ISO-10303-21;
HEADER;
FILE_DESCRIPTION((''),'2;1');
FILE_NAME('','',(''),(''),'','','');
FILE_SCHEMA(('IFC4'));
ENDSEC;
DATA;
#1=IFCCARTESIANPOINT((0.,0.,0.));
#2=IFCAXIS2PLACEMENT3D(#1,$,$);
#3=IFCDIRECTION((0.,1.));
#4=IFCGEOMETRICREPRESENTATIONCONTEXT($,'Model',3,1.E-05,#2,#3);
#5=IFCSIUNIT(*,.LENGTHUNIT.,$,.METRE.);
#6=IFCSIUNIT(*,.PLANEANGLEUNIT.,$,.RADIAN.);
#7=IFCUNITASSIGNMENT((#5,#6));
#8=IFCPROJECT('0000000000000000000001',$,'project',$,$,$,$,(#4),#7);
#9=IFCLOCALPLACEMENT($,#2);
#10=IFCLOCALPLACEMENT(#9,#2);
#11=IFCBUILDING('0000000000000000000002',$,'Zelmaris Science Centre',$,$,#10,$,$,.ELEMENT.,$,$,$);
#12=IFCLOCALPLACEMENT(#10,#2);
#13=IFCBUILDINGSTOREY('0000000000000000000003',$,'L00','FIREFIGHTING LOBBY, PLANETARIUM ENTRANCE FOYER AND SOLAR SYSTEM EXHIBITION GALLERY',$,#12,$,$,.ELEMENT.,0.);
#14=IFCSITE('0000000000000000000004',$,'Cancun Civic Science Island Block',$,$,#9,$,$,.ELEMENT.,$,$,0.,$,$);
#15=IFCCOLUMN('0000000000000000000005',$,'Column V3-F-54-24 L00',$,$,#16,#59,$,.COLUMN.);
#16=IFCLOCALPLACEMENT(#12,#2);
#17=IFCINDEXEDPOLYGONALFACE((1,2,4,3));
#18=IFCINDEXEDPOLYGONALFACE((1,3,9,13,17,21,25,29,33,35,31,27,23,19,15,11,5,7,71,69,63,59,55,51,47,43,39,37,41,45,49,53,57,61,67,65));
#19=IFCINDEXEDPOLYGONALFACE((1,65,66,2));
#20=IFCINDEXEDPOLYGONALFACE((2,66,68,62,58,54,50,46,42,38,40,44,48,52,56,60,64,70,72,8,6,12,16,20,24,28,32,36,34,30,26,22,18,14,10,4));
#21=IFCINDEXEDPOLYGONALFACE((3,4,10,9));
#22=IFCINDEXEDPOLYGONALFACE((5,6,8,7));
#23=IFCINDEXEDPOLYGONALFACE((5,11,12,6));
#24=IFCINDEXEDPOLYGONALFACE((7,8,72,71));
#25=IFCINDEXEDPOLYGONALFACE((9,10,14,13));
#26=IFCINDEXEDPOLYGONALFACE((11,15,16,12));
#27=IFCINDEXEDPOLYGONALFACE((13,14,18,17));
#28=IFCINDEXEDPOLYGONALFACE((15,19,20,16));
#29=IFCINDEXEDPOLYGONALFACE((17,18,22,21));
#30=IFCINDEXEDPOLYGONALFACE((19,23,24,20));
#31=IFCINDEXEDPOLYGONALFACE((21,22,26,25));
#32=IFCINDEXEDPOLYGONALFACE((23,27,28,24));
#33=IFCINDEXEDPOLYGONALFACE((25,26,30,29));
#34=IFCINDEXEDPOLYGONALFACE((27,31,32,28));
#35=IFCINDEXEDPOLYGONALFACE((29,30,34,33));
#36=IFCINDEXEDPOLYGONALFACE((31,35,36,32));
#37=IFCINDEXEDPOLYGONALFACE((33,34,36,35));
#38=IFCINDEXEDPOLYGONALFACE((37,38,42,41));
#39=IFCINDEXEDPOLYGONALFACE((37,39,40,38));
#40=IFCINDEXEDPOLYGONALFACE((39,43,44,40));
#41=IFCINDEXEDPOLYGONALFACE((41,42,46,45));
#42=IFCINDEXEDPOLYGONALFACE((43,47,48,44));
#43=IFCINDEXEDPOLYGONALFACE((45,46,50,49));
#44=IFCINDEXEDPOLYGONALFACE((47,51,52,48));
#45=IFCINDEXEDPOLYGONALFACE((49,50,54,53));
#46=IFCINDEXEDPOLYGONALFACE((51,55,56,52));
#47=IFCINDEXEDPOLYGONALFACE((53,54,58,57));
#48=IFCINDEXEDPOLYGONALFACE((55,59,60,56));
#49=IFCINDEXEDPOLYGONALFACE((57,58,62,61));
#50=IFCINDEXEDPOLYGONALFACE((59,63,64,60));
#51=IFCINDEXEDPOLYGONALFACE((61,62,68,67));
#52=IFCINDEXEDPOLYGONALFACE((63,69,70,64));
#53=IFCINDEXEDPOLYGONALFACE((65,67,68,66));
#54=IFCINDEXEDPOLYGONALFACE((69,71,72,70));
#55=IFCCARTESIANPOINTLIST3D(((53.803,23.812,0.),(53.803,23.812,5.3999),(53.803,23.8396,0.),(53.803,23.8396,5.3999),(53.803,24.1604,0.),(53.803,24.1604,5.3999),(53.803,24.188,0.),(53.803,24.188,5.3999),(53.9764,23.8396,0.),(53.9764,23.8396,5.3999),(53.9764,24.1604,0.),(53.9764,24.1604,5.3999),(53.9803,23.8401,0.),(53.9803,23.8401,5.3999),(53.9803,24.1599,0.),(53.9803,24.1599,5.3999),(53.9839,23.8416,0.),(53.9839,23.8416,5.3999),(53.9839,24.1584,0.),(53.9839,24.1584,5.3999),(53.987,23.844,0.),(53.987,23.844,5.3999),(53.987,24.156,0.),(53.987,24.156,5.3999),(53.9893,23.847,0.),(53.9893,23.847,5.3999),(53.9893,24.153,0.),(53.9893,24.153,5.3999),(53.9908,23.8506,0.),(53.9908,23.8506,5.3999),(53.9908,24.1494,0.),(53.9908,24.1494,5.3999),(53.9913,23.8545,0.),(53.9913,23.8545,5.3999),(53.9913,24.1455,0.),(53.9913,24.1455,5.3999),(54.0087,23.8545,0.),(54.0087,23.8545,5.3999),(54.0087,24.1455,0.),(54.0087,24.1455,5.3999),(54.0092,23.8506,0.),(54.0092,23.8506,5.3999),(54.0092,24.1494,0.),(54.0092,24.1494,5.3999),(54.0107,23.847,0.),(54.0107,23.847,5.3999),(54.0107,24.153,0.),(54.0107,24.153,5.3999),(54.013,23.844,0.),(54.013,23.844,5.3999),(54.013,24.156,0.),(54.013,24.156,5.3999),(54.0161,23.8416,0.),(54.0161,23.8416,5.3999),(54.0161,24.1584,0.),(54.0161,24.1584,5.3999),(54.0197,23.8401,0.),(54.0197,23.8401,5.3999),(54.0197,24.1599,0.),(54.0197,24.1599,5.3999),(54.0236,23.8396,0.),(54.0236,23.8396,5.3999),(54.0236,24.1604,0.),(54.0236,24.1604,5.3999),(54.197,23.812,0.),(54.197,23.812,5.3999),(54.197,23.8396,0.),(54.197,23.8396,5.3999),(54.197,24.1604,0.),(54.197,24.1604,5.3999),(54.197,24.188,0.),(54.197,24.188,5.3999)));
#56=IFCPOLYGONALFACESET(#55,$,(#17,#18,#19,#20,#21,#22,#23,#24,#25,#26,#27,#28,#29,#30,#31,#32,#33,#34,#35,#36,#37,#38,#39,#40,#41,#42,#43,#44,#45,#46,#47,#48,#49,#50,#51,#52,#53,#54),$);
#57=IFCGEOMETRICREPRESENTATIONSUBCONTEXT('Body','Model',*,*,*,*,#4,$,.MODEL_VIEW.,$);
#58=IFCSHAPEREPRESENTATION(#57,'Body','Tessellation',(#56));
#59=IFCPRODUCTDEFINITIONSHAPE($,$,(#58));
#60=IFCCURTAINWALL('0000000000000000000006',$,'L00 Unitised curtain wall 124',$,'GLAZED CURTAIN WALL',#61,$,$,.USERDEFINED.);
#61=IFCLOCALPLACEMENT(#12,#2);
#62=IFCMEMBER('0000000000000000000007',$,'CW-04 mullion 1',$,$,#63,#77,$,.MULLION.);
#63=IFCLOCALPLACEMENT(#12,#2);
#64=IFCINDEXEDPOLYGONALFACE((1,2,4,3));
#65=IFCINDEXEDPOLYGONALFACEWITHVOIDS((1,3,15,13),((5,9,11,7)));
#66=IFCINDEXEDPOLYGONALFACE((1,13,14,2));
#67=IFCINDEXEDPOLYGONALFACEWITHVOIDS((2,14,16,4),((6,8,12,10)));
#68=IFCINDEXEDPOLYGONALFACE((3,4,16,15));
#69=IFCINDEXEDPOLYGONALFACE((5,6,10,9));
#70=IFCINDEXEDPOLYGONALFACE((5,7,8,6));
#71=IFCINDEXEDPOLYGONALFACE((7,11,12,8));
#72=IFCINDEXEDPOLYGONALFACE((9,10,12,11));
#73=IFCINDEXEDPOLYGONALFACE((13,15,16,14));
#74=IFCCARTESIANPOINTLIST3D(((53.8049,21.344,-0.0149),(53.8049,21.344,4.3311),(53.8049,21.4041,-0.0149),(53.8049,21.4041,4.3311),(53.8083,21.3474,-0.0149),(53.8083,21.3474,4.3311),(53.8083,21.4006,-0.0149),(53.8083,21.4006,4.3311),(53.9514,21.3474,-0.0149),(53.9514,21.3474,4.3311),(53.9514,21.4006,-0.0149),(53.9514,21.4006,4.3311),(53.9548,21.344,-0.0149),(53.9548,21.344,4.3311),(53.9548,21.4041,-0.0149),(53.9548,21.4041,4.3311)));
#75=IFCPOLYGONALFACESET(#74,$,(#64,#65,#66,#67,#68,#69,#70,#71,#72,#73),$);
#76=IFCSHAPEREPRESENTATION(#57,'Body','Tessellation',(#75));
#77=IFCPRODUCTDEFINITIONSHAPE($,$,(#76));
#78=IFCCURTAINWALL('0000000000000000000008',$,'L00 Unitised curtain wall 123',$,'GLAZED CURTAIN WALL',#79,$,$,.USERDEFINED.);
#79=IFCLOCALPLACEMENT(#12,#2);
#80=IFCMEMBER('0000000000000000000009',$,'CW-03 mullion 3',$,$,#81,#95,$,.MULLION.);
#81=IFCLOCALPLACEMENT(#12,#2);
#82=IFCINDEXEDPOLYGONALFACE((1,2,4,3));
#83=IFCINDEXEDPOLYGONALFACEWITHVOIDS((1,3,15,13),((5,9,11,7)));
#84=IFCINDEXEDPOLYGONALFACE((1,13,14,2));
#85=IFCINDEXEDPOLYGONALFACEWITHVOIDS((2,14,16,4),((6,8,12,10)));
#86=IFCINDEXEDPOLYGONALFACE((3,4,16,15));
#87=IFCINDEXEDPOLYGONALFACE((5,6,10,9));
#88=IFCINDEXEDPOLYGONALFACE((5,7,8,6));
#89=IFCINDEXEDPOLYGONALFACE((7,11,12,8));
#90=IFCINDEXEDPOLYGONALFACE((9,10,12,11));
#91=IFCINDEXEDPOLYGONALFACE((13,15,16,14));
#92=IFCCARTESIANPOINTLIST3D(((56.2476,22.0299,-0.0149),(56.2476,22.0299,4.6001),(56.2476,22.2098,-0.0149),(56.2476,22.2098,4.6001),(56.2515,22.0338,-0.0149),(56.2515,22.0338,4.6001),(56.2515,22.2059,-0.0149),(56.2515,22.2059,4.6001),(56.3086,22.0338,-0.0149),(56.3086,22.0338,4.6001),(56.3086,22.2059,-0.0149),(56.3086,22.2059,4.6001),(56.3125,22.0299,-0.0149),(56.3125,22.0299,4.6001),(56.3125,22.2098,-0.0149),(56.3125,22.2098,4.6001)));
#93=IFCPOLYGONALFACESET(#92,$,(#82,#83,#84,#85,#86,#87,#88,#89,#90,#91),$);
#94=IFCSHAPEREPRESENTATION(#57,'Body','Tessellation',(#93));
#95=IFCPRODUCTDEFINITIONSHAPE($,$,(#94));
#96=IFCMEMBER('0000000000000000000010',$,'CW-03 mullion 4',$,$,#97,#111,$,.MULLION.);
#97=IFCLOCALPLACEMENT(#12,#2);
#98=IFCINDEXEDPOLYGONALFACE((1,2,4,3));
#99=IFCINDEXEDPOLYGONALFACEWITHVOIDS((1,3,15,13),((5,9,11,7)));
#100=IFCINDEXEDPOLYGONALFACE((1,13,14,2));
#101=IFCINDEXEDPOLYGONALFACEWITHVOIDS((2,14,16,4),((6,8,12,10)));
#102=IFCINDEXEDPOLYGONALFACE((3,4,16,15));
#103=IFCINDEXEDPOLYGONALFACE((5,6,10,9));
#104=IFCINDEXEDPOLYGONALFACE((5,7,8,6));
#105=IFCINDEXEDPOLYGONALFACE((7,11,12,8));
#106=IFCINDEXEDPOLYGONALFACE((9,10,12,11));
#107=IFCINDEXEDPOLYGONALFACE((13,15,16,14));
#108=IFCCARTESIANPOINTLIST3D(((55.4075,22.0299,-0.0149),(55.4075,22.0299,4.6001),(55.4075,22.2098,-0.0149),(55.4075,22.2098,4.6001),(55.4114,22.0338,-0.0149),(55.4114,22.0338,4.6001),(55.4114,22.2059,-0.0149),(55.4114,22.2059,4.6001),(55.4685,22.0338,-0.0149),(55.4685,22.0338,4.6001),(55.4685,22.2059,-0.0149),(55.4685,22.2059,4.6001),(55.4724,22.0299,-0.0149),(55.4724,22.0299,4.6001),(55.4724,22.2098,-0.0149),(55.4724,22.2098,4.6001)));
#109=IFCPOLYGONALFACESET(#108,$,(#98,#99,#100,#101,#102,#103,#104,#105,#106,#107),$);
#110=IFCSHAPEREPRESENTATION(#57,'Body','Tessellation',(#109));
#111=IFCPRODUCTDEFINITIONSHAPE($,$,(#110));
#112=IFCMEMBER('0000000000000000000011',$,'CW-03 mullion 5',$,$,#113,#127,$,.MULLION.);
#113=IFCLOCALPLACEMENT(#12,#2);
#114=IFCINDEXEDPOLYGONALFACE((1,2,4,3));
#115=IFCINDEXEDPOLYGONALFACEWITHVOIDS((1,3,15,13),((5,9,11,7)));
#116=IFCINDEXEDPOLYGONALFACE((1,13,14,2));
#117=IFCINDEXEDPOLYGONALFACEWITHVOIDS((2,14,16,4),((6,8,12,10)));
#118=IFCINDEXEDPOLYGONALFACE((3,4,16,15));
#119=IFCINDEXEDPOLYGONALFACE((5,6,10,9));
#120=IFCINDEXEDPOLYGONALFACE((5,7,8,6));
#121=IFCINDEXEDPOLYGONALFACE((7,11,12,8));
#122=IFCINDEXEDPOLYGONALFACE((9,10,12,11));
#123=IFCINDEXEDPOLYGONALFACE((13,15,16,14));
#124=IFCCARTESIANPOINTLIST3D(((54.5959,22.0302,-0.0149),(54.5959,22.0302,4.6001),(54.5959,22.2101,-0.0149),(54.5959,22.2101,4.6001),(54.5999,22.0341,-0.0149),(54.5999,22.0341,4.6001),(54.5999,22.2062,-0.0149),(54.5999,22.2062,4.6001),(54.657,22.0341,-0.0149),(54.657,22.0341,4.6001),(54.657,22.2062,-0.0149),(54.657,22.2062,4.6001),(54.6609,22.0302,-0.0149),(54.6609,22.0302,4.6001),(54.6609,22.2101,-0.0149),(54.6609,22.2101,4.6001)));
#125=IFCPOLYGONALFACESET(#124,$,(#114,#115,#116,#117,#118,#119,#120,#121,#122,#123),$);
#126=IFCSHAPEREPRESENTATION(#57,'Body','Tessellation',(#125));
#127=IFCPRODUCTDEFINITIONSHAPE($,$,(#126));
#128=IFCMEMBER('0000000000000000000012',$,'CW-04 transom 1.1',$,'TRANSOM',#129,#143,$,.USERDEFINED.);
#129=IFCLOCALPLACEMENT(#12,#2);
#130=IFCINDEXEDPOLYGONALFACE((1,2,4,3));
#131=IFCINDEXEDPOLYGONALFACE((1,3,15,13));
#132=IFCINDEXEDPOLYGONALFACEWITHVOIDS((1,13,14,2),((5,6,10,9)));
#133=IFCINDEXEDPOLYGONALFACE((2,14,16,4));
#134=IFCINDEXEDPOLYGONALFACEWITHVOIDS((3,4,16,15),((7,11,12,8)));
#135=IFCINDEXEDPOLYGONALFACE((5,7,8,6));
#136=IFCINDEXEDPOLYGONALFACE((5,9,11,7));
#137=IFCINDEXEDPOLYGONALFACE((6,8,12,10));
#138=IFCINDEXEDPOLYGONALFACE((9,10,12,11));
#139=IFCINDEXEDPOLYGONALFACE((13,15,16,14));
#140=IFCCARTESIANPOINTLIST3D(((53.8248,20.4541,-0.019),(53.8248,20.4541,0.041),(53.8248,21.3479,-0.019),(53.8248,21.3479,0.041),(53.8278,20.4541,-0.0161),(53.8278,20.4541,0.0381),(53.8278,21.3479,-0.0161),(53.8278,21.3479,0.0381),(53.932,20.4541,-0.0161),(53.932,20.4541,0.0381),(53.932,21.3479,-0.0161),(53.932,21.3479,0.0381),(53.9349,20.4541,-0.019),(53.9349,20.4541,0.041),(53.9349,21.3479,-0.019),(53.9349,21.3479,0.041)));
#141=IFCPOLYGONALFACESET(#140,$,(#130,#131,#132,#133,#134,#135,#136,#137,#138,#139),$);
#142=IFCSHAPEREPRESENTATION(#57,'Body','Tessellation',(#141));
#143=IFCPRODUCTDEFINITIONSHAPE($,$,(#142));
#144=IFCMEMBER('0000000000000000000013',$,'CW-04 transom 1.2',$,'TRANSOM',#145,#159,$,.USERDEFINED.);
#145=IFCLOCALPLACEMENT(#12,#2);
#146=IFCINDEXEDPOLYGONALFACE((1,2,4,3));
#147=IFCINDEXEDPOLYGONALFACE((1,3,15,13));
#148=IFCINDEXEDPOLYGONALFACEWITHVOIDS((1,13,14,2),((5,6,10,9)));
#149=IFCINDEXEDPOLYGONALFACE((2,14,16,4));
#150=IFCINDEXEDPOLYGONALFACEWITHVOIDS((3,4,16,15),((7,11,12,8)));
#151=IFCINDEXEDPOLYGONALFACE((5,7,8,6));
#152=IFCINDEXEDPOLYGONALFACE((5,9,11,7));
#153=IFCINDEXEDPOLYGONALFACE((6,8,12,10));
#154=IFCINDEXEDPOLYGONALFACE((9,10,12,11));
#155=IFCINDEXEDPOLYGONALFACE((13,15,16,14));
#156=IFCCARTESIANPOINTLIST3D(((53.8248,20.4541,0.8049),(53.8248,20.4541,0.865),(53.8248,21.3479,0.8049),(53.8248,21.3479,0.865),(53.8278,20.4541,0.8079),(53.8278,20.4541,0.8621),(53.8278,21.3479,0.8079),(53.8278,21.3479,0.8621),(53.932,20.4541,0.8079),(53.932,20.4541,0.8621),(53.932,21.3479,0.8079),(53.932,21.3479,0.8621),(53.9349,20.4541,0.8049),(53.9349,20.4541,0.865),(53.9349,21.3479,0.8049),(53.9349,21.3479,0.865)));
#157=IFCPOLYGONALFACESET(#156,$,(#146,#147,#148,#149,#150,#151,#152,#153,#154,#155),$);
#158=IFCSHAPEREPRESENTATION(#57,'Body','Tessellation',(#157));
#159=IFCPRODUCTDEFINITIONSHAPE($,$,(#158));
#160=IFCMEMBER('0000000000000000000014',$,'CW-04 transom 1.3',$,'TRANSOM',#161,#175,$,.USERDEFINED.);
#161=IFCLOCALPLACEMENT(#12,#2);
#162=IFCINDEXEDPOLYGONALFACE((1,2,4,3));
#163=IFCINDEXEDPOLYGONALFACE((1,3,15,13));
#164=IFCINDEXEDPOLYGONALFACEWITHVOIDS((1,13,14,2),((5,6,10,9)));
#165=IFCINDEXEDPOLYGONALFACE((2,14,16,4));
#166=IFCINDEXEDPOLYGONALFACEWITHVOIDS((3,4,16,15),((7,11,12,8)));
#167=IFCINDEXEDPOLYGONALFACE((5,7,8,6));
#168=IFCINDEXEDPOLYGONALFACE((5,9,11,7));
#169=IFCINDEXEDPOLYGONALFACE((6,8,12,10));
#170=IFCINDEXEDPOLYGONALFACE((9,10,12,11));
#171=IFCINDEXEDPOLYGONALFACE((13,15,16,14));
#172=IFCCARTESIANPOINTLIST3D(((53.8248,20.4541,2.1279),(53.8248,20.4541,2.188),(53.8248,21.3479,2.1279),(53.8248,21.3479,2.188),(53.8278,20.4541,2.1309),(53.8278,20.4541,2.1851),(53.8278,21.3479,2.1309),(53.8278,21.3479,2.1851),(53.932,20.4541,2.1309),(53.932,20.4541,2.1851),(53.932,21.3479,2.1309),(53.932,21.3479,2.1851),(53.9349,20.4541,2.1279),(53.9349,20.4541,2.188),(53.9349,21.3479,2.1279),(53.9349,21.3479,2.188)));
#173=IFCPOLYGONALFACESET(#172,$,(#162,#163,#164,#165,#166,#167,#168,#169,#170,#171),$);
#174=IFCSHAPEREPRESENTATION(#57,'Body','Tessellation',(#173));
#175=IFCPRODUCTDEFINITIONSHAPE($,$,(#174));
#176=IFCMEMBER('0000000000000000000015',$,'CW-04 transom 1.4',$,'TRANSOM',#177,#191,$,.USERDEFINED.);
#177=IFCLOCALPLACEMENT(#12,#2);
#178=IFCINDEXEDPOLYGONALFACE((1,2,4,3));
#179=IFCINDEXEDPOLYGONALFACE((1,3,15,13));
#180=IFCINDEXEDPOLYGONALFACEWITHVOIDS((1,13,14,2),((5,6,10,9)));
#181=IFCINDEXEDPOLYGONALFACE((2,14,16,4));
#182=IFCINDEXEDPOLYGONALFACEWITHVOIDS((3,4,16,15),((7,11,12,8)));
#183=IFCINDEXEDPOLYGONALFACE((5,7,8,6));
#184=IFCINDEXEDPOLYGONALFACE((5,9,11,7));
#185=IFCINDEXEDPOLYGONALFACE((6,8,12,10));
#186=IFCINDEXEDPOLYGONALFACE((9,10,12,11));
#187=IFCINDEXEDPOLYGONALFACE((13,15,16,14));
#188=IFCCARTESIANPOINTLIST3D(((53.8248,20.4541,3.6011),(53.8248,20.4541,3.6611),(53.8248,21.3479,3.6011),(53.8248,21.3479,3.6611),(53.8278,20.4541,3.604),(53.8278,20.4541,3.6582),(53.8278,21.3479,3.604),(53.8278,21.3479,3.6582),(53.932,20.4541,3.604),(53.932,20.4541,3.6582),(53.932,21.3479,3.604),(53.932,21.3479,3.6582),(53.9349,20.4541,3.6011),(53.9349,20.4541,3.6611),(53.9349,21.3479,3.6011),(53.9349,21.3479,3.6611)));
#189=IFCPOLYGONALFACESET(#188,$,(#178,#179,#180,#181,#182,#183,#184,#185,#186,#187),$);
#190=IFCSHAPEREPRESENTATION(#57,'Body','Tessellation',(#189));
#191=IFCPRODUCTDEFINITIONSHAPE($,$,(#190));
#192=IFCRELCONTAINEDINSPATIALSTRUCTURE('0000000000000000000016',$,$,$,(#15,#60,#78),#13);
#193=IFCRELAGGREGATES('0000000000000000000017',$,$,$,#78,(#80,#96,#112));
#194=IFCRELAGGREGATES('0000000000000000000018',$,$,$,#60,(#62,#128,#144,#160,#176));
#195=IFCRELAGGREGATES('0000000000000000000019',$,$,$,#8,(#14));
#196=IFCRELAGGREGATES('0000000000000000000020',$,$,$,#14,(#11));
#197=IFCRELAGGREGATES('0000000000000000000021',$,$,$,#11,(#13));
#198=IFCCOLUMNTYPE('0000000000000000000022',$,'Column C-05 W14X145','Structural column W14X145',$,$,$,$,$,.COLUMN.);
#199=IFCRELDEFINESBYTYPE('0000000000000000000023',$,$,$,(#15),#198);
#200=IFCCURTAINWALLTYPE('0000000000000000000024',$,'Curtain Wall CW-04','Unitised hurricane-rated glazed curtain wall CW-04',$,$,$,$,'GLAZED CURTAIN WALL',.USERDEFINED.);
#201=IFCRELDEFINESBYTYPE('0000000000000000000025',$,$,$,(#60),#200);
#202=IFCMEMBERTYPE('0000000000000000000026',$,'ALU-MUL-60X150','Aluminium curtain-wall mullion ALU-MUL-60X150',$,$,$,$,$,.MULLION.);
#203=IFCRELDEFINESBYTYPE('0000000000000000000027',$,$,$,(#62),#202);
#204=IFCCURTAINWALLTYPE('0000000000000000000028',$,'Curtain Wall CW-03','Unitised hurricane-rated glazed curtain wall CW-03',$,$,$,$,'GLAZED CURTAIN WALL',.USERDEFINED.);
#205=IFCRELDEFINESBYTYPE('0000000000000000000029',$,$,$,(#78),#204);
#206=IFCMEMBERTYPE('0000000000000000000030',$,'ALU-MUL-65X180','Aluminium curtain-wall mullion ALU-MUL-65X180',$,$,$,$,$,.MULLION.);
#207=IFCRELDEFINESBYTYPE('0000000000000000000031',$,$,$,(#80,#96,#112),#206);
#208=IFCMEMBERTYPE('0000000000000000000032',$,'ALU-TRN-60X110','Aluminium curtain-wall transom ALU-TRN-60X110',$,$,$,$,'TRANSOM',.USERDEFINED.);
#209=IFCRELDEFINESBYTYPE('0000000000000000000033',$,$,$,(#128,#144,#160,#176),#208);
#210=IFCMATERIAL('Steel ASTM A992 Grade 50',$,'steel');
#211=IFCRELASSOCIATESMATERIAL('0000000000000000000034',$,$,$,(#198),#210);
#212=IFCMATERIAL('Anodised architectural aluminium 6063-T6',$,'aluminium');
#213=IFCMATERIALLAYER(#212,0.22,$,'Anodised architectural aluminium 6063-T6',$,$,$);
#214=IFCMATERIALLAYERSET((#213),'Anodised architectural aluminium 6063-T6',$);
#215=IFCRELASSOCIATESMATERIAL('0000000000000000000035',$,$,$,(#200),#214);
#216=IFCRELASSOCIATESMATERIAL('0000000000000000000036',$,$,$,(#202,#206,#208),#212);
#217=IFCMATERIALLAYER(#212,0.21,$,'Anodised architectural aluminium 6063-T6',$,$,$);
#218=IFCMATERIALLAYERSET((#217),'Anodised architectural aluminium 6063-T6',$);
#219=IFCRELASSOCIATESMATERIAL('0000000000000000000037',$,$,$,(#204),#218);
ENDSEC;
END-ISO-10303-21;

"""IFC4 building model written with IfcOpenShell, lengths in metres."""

from ifc_helpers import new_model, si_unit, direction, frame, origin, origin_2d, place, context, subcontext, project, spatial, hollow_rectangle, i_section, extrude, material, layer, layer_set, material_profile, profile_set, type_object, element, aggregate, save


model = new_model("IFC4")

# Units and contexts
model_context = context("Model", 3, precision=1e-05, world=origin(), true_north=direction((0.0, 1.0)))
body_context = subcontext(model_context, "Body", "Model", "MODEL_VIEW")
ifc_project = project(units=[si_unit("LENGTHUNIT", "METRE"), si_unit("PLANEANGLEUNIT", "RADIAN")], contexts=[model_context])

# Site, building, storey
site_placement = place(None, origin())
site = spatial("IfcSite", under=ifc_project, at=site_placement, Name="Cancun Civic Science Island Block", CompositionType="ELEMENT", RefElevation=0.0)
building_placement = place(site_placement, origin())
building = spatial("IfcBuilding", under=site, at=building_placement, Name="Zelmaris Science Centre", CompositionType="ELEMENT")
storey_placement = place(building_placement, origin())
storey = spatial("IfcBuildingStorey", under=building, at=storey_placement, Name="L00", Description="FIREFIGHTING LOBBY, PLANETARIUM ENTRANCE FOYER AND SOLAR SYSTEM EXHIBITION GALLERY", CompositionType="ELEMENT", Elevation=0.0)

# Column
ifc_material_1 = material(Name="Steel ASTM A992 Grade 50", Category="steel")
ifc_material_profile_1 = material_profile(ifc_material_1, i_section(OverallWidth=0.394, OverallDepth=0.376, WebThickness=0.0173, FlangeThickness=0.0276, FilletRadius=0.0149, at=origin_2d()), Name="W14X145")
ifc_profile_set_1 = profile_set([ifc_material_profile_1], Name="Steel ASTM A992 Grade 50")
column_type = type_object("IfcColumnType", Name="Column C-05 W14X145", Description="Structural column W14X145", PredefinedType="COLUMN", material=ifc_profile_set_1)
column_placement = place(storey_placement, frame((54.0, 24.0, 0.0), z_axis=(0.0, 0.0, 1.0), x_axis=(1.0, 0.0, 0.0)))
element("IfcColumn", 1, at=column_placement, inside=storey, type_object=column_type, Name="Column V3-F-54-24 L00", PredefinedType="COLUMN", context=body_context, shape_type="SweptSolid", body=[
    extrude(i_section(OverallWidth=0.394, OverallDepth=0.376, WebThickness=0.0173, FlangeThickness=0.0276, FilletRadius=0.0149, at=origin_2d()), origin(), (0.0, 0.0, 1.0), 5.3999),
])

# Curtain wall, member
ifc_material_2 = material(Name="Anodised architectural aluminium 6063-T6", Category="aluminium")
ifc_layer_1 = layer(ifc_material_2, 0.22, Name="Anodised architectural aluminium 6063-T6")
ifc_layer_set_1 = layer_set([ifc_layer_1], Name="Anodised architectural aluminium 6063-T6")
curtain_wall_type_1 = type_object("IfcCurtainWallType", Name="Curtain Wall CW-04", Description="Unitised hurricane-rated glazed curtain wall CW-04", ElementType="GLAZED CURTAIN WALL", PredefinedType="USERDEFINED", material=ifc_layer_set_1)
curtain_wall_1_placement = place(storey_placement, origin())
curtain_wall_1 = element("IfcCurtainWall", 2, at=curtain_wall_1_placement, inside=storey, type_object=curtain_wall_type_1, Name="L00 Unitised curtain wall 124", ObjectType="GLAZED CURTAIN WALL", PredefinedType="USERDEFINED")
ifc_material_profile_2 = material_profile(ifc_material_2, hollow_rectangle(XDim=0.0601, YDim=0.1499, WallThickness=0.0034, at=origin_2d()), Name="ALU-MUL-60X150")
ifc_profile_set_2 = profile_set([ifc_material_profile_2], Name="Anodised architectural aluminium 6063-T6")
member_type_1 = type_object("IfcMemberType", Name="ALU-MUL-60X150", Description="Aluminium curtain-wall mullion ALU-MUL-60X150", PredefinedType="MULLION", material=ifc_profile_set_2)
member_1_placement = place(storey_placement, frame((53.8799, 21.374, -0.0149), z_axis=(0.0, 0.0, 1.0), x_axis=(-0.000005, -1.0, 0.0)))
member_1 = element("IfcMember", 3, at=member_1_placement, type_object=member_type_1, Name="CW-04 mullion 1", PredefinedType="MULLION", context=body_context, shape_type="SweptSolid", body=[
    extrude(hollow_rectangle(XDim=0.0601, YDim=0.1499, WallThickness=0.0034, at=origin_2d()), origin(), (0.0, 0.0, 1.0), 4.3459),
])

# Curtain wall, members
ifc_layer_2 = layer(ifc_material_2, 0.21, Name="Anodised architectural aluminium 6063-T6")
ifc_layer_set_2 = layer_set([ifc_layer_2], Name="Anodised architectural aluminium 6063-T6")
curtain_wall_type_2 = type_object("IfcCurtainWallType", Name="Curtain Wall CW-03", Description="Unitised hurricane-rated glazed curtain wall CW-03", ElementType="GLAZED CURTAIN WALL", PredefinedType="USERDEFINED", material=ifc_layer_set_2)
curtain_wall_2_placement = place(storey_placement, origin())
curtain_wall_2 = element("IfcCurtainWall", 4, at=curtain_wall_2_placement, inside=storey, type_object=curtain_wall_type_2, Name="L00 Unitised curtain wall 123", ObjectType="GLAZED CURTAIN WALL", PredefinedType="USERDEFINED")
ifc_material_profile_3 = material_profile(ifc_material_2, hollow_rectangle(XDim=0.0649, YDim=0.1799, WallThickness=0.0039, at=origin_2d()), Name="ALU-MUL-65X180")
ifc_profile_set_3 = profile_set([ifc_material_profile_3], Name="Anodised architectural aluminium 6063-T6")
member_type_2 = type_object("IfcMemberType", Name="ALU-MUL-65X180", Description="Aluminium curtain-wall mullion ALU-MUL-65X180", PredefinedType="MULLION", material=ifc_profile_set_3)
member_2_placement = place(storey_placement, frame((56.28, 22.1199, -0.0149), z_axis=(0.0, 0.0, 1.0), x_axis=(-1.0, 0.000019, 0.0)))
member_2 = element("IfcMember", 5, at=member_2_placement, type_object=member_type_2, Name="CW-03 mullion 3", PredefinedType="MULLION", context=body_context, shape_type="SweptSolid", body=[
    extrude(hollow_rectangle(XDim=0.0649, YDim=0.1799, WallThickness=0.0039, at=origin_2d()), origin(), (0.0, 0.0, 1.0), 4.615),
])
member_3_placement = place(storey_placement, frame((55.4399, 22.1199, -0.0149), z_axis=(0.0, 0.0, 1.0), x_axis=(-1.0, 0.000019, 0.0)))
member_3 = element("IfcMember", 6, at=member_3_placement, type_object=member_type_2, Name="CW-03 mullion 4", PredefinedType="MULLION", context=body_context, shape_type="SweptSolid", body=[
    extrude(hollow_rectangle(XDim=0.0649, YDim=0.1799, WallThickness=0.0039, at=origin_2d()), origin(), (0.0, 0.0, 1.0), 4.615),
])
member_4_placement = place(storey_placement, frame((54.6284, 22.1201, -0.0149), z_axis=(0.0, 0.0, 1.0), x_axis=(-1.0, 0.000019, 0.0)))
member_4 = element("IfcMember", 7, at=member_4_placement, type_object=member_type_2, Name="CW-03 mullion 5", PredefinedType="MULLION", context=body_context, shape_type="SweptSolid", body=[
    extrude(hollow_rectangle(XDim=0.0649, YDim=0.1799, WallThickness=0.0039, at=origin_2d()), origin(), (0.0, 0.0, 1.0), 4.615),
])

# Members
ifc_material_profile_4 = material_profile(ifc_material_2, hollow_rectangle(XDim=0.0601, YDim=0.1101, WallThickness=0.0029, at=origin_2d()), Name="ALU-TRN-60X110")
ifc_profile_set_4 = profile_set([ifc_material_profile_4], Name="Anodised architectural aluminium 6063-T6")
member_type_3 = type_object("IfcMemberType", Name="ALU-TRN-60X110", Description="Aluminium curtain-wall transom ALU-TRN-60X110", ElementType="TRANSOM", PredefinedType="USERDEFINED", material=ifc_profile_set_4)
member_5_placement = place(storey_placement, frame((53.8799, 21.3479, 0.011), z_axis=(0.0, -1.0, 0.0), x_axis=(0.0, 0.0, 1.0)))
member_5 = element("IfcMember", 8, at=member_5_placement, type_object=member_type_3, Name="CW-04 transom 1.1", ObjectType="TRANSOM", PredefinedType="USERDEFINED", context=body_context, shape_type="SweptSolid", body=[
    extrude(hollow_rectangle(XDim=0.0601, YDim=0.1101, WallThickness=0.0029, at=origin_2d()), origin(), (0.0, 0.0, 1.0), 0.8938),
])
member_6_placement = place(storey_placement, frame((53.8799, 21.3479, 0.835), z_axis=(0.0, -1.0, 0.0), x_axis=(0.0, 0.0, 1.0)))
member_6 = element("IfcMember", 9, at=member_6_placement, type_object=member_type_3, Name="CW-04 transom 1.2", ObjectType="TRANSOM", PredefinedType="USERDEFINED", context=body_context, shape_type="SweptSolid", body=[
    extrude(hollow_rectangle(XDim=0.0601, YDim=0.1101, WallThickness=0.0029, at=origin_2d()), origin(), (0.0, 0.0, 1.0), 0.8938),
])
member_7_placement = place(storey_placement, frame((53.8799, 21.3479, 2.158), z_axis=(0.0, -1.0, 0.0), x_axis=(0.0, 0.0, 1.0)))
member_7 = element("IfcMember", 10, at=member_7_placement, type_object=member_type_3, Name="CW-04 transom 1.3", ObjectType="TRANSOM", PredefinedType="USERDEFINED", context=body_context, shape_type="SweptSolid", body=[
    extrude(hollow_rectangle(XDim=0.0601, YDim=0.1101, WallThickness=0.0029, at=origin_2d()), origin(), (0.0, 0.0, 1.0), 0.8938),
])
member_8_placement = place(storey_placement, frame((53.8799, 21.3479, 3.6311), z_axis=(0.0, -1.0, 0.0), x_axis=(0.0, 0.0, 1.0)))
member_8 = element("IfcMember", 11, at=member_8_placement, type_object=member_type_3, Name="CW-04 transom 1.4", ObjectType="TRANSOM", PredefinedType="USERDEFINED", context=body_context, shape_type="SweptSolid", body=[
    extrude(hollow_rectangle(XDim=0.0601, YDim=0.1101, WallThickness=0.0029, at=origin_2d()), origin(), (0.0, 0.0, 1.0), 0.8938),
])

aggregate(curtain_wall_2, [member_2, member_3, member_4])
aggregate(curtain_wall_1, [member_1, member_5, member_6, member_7, member_8])

save(model, "model.ifc")
